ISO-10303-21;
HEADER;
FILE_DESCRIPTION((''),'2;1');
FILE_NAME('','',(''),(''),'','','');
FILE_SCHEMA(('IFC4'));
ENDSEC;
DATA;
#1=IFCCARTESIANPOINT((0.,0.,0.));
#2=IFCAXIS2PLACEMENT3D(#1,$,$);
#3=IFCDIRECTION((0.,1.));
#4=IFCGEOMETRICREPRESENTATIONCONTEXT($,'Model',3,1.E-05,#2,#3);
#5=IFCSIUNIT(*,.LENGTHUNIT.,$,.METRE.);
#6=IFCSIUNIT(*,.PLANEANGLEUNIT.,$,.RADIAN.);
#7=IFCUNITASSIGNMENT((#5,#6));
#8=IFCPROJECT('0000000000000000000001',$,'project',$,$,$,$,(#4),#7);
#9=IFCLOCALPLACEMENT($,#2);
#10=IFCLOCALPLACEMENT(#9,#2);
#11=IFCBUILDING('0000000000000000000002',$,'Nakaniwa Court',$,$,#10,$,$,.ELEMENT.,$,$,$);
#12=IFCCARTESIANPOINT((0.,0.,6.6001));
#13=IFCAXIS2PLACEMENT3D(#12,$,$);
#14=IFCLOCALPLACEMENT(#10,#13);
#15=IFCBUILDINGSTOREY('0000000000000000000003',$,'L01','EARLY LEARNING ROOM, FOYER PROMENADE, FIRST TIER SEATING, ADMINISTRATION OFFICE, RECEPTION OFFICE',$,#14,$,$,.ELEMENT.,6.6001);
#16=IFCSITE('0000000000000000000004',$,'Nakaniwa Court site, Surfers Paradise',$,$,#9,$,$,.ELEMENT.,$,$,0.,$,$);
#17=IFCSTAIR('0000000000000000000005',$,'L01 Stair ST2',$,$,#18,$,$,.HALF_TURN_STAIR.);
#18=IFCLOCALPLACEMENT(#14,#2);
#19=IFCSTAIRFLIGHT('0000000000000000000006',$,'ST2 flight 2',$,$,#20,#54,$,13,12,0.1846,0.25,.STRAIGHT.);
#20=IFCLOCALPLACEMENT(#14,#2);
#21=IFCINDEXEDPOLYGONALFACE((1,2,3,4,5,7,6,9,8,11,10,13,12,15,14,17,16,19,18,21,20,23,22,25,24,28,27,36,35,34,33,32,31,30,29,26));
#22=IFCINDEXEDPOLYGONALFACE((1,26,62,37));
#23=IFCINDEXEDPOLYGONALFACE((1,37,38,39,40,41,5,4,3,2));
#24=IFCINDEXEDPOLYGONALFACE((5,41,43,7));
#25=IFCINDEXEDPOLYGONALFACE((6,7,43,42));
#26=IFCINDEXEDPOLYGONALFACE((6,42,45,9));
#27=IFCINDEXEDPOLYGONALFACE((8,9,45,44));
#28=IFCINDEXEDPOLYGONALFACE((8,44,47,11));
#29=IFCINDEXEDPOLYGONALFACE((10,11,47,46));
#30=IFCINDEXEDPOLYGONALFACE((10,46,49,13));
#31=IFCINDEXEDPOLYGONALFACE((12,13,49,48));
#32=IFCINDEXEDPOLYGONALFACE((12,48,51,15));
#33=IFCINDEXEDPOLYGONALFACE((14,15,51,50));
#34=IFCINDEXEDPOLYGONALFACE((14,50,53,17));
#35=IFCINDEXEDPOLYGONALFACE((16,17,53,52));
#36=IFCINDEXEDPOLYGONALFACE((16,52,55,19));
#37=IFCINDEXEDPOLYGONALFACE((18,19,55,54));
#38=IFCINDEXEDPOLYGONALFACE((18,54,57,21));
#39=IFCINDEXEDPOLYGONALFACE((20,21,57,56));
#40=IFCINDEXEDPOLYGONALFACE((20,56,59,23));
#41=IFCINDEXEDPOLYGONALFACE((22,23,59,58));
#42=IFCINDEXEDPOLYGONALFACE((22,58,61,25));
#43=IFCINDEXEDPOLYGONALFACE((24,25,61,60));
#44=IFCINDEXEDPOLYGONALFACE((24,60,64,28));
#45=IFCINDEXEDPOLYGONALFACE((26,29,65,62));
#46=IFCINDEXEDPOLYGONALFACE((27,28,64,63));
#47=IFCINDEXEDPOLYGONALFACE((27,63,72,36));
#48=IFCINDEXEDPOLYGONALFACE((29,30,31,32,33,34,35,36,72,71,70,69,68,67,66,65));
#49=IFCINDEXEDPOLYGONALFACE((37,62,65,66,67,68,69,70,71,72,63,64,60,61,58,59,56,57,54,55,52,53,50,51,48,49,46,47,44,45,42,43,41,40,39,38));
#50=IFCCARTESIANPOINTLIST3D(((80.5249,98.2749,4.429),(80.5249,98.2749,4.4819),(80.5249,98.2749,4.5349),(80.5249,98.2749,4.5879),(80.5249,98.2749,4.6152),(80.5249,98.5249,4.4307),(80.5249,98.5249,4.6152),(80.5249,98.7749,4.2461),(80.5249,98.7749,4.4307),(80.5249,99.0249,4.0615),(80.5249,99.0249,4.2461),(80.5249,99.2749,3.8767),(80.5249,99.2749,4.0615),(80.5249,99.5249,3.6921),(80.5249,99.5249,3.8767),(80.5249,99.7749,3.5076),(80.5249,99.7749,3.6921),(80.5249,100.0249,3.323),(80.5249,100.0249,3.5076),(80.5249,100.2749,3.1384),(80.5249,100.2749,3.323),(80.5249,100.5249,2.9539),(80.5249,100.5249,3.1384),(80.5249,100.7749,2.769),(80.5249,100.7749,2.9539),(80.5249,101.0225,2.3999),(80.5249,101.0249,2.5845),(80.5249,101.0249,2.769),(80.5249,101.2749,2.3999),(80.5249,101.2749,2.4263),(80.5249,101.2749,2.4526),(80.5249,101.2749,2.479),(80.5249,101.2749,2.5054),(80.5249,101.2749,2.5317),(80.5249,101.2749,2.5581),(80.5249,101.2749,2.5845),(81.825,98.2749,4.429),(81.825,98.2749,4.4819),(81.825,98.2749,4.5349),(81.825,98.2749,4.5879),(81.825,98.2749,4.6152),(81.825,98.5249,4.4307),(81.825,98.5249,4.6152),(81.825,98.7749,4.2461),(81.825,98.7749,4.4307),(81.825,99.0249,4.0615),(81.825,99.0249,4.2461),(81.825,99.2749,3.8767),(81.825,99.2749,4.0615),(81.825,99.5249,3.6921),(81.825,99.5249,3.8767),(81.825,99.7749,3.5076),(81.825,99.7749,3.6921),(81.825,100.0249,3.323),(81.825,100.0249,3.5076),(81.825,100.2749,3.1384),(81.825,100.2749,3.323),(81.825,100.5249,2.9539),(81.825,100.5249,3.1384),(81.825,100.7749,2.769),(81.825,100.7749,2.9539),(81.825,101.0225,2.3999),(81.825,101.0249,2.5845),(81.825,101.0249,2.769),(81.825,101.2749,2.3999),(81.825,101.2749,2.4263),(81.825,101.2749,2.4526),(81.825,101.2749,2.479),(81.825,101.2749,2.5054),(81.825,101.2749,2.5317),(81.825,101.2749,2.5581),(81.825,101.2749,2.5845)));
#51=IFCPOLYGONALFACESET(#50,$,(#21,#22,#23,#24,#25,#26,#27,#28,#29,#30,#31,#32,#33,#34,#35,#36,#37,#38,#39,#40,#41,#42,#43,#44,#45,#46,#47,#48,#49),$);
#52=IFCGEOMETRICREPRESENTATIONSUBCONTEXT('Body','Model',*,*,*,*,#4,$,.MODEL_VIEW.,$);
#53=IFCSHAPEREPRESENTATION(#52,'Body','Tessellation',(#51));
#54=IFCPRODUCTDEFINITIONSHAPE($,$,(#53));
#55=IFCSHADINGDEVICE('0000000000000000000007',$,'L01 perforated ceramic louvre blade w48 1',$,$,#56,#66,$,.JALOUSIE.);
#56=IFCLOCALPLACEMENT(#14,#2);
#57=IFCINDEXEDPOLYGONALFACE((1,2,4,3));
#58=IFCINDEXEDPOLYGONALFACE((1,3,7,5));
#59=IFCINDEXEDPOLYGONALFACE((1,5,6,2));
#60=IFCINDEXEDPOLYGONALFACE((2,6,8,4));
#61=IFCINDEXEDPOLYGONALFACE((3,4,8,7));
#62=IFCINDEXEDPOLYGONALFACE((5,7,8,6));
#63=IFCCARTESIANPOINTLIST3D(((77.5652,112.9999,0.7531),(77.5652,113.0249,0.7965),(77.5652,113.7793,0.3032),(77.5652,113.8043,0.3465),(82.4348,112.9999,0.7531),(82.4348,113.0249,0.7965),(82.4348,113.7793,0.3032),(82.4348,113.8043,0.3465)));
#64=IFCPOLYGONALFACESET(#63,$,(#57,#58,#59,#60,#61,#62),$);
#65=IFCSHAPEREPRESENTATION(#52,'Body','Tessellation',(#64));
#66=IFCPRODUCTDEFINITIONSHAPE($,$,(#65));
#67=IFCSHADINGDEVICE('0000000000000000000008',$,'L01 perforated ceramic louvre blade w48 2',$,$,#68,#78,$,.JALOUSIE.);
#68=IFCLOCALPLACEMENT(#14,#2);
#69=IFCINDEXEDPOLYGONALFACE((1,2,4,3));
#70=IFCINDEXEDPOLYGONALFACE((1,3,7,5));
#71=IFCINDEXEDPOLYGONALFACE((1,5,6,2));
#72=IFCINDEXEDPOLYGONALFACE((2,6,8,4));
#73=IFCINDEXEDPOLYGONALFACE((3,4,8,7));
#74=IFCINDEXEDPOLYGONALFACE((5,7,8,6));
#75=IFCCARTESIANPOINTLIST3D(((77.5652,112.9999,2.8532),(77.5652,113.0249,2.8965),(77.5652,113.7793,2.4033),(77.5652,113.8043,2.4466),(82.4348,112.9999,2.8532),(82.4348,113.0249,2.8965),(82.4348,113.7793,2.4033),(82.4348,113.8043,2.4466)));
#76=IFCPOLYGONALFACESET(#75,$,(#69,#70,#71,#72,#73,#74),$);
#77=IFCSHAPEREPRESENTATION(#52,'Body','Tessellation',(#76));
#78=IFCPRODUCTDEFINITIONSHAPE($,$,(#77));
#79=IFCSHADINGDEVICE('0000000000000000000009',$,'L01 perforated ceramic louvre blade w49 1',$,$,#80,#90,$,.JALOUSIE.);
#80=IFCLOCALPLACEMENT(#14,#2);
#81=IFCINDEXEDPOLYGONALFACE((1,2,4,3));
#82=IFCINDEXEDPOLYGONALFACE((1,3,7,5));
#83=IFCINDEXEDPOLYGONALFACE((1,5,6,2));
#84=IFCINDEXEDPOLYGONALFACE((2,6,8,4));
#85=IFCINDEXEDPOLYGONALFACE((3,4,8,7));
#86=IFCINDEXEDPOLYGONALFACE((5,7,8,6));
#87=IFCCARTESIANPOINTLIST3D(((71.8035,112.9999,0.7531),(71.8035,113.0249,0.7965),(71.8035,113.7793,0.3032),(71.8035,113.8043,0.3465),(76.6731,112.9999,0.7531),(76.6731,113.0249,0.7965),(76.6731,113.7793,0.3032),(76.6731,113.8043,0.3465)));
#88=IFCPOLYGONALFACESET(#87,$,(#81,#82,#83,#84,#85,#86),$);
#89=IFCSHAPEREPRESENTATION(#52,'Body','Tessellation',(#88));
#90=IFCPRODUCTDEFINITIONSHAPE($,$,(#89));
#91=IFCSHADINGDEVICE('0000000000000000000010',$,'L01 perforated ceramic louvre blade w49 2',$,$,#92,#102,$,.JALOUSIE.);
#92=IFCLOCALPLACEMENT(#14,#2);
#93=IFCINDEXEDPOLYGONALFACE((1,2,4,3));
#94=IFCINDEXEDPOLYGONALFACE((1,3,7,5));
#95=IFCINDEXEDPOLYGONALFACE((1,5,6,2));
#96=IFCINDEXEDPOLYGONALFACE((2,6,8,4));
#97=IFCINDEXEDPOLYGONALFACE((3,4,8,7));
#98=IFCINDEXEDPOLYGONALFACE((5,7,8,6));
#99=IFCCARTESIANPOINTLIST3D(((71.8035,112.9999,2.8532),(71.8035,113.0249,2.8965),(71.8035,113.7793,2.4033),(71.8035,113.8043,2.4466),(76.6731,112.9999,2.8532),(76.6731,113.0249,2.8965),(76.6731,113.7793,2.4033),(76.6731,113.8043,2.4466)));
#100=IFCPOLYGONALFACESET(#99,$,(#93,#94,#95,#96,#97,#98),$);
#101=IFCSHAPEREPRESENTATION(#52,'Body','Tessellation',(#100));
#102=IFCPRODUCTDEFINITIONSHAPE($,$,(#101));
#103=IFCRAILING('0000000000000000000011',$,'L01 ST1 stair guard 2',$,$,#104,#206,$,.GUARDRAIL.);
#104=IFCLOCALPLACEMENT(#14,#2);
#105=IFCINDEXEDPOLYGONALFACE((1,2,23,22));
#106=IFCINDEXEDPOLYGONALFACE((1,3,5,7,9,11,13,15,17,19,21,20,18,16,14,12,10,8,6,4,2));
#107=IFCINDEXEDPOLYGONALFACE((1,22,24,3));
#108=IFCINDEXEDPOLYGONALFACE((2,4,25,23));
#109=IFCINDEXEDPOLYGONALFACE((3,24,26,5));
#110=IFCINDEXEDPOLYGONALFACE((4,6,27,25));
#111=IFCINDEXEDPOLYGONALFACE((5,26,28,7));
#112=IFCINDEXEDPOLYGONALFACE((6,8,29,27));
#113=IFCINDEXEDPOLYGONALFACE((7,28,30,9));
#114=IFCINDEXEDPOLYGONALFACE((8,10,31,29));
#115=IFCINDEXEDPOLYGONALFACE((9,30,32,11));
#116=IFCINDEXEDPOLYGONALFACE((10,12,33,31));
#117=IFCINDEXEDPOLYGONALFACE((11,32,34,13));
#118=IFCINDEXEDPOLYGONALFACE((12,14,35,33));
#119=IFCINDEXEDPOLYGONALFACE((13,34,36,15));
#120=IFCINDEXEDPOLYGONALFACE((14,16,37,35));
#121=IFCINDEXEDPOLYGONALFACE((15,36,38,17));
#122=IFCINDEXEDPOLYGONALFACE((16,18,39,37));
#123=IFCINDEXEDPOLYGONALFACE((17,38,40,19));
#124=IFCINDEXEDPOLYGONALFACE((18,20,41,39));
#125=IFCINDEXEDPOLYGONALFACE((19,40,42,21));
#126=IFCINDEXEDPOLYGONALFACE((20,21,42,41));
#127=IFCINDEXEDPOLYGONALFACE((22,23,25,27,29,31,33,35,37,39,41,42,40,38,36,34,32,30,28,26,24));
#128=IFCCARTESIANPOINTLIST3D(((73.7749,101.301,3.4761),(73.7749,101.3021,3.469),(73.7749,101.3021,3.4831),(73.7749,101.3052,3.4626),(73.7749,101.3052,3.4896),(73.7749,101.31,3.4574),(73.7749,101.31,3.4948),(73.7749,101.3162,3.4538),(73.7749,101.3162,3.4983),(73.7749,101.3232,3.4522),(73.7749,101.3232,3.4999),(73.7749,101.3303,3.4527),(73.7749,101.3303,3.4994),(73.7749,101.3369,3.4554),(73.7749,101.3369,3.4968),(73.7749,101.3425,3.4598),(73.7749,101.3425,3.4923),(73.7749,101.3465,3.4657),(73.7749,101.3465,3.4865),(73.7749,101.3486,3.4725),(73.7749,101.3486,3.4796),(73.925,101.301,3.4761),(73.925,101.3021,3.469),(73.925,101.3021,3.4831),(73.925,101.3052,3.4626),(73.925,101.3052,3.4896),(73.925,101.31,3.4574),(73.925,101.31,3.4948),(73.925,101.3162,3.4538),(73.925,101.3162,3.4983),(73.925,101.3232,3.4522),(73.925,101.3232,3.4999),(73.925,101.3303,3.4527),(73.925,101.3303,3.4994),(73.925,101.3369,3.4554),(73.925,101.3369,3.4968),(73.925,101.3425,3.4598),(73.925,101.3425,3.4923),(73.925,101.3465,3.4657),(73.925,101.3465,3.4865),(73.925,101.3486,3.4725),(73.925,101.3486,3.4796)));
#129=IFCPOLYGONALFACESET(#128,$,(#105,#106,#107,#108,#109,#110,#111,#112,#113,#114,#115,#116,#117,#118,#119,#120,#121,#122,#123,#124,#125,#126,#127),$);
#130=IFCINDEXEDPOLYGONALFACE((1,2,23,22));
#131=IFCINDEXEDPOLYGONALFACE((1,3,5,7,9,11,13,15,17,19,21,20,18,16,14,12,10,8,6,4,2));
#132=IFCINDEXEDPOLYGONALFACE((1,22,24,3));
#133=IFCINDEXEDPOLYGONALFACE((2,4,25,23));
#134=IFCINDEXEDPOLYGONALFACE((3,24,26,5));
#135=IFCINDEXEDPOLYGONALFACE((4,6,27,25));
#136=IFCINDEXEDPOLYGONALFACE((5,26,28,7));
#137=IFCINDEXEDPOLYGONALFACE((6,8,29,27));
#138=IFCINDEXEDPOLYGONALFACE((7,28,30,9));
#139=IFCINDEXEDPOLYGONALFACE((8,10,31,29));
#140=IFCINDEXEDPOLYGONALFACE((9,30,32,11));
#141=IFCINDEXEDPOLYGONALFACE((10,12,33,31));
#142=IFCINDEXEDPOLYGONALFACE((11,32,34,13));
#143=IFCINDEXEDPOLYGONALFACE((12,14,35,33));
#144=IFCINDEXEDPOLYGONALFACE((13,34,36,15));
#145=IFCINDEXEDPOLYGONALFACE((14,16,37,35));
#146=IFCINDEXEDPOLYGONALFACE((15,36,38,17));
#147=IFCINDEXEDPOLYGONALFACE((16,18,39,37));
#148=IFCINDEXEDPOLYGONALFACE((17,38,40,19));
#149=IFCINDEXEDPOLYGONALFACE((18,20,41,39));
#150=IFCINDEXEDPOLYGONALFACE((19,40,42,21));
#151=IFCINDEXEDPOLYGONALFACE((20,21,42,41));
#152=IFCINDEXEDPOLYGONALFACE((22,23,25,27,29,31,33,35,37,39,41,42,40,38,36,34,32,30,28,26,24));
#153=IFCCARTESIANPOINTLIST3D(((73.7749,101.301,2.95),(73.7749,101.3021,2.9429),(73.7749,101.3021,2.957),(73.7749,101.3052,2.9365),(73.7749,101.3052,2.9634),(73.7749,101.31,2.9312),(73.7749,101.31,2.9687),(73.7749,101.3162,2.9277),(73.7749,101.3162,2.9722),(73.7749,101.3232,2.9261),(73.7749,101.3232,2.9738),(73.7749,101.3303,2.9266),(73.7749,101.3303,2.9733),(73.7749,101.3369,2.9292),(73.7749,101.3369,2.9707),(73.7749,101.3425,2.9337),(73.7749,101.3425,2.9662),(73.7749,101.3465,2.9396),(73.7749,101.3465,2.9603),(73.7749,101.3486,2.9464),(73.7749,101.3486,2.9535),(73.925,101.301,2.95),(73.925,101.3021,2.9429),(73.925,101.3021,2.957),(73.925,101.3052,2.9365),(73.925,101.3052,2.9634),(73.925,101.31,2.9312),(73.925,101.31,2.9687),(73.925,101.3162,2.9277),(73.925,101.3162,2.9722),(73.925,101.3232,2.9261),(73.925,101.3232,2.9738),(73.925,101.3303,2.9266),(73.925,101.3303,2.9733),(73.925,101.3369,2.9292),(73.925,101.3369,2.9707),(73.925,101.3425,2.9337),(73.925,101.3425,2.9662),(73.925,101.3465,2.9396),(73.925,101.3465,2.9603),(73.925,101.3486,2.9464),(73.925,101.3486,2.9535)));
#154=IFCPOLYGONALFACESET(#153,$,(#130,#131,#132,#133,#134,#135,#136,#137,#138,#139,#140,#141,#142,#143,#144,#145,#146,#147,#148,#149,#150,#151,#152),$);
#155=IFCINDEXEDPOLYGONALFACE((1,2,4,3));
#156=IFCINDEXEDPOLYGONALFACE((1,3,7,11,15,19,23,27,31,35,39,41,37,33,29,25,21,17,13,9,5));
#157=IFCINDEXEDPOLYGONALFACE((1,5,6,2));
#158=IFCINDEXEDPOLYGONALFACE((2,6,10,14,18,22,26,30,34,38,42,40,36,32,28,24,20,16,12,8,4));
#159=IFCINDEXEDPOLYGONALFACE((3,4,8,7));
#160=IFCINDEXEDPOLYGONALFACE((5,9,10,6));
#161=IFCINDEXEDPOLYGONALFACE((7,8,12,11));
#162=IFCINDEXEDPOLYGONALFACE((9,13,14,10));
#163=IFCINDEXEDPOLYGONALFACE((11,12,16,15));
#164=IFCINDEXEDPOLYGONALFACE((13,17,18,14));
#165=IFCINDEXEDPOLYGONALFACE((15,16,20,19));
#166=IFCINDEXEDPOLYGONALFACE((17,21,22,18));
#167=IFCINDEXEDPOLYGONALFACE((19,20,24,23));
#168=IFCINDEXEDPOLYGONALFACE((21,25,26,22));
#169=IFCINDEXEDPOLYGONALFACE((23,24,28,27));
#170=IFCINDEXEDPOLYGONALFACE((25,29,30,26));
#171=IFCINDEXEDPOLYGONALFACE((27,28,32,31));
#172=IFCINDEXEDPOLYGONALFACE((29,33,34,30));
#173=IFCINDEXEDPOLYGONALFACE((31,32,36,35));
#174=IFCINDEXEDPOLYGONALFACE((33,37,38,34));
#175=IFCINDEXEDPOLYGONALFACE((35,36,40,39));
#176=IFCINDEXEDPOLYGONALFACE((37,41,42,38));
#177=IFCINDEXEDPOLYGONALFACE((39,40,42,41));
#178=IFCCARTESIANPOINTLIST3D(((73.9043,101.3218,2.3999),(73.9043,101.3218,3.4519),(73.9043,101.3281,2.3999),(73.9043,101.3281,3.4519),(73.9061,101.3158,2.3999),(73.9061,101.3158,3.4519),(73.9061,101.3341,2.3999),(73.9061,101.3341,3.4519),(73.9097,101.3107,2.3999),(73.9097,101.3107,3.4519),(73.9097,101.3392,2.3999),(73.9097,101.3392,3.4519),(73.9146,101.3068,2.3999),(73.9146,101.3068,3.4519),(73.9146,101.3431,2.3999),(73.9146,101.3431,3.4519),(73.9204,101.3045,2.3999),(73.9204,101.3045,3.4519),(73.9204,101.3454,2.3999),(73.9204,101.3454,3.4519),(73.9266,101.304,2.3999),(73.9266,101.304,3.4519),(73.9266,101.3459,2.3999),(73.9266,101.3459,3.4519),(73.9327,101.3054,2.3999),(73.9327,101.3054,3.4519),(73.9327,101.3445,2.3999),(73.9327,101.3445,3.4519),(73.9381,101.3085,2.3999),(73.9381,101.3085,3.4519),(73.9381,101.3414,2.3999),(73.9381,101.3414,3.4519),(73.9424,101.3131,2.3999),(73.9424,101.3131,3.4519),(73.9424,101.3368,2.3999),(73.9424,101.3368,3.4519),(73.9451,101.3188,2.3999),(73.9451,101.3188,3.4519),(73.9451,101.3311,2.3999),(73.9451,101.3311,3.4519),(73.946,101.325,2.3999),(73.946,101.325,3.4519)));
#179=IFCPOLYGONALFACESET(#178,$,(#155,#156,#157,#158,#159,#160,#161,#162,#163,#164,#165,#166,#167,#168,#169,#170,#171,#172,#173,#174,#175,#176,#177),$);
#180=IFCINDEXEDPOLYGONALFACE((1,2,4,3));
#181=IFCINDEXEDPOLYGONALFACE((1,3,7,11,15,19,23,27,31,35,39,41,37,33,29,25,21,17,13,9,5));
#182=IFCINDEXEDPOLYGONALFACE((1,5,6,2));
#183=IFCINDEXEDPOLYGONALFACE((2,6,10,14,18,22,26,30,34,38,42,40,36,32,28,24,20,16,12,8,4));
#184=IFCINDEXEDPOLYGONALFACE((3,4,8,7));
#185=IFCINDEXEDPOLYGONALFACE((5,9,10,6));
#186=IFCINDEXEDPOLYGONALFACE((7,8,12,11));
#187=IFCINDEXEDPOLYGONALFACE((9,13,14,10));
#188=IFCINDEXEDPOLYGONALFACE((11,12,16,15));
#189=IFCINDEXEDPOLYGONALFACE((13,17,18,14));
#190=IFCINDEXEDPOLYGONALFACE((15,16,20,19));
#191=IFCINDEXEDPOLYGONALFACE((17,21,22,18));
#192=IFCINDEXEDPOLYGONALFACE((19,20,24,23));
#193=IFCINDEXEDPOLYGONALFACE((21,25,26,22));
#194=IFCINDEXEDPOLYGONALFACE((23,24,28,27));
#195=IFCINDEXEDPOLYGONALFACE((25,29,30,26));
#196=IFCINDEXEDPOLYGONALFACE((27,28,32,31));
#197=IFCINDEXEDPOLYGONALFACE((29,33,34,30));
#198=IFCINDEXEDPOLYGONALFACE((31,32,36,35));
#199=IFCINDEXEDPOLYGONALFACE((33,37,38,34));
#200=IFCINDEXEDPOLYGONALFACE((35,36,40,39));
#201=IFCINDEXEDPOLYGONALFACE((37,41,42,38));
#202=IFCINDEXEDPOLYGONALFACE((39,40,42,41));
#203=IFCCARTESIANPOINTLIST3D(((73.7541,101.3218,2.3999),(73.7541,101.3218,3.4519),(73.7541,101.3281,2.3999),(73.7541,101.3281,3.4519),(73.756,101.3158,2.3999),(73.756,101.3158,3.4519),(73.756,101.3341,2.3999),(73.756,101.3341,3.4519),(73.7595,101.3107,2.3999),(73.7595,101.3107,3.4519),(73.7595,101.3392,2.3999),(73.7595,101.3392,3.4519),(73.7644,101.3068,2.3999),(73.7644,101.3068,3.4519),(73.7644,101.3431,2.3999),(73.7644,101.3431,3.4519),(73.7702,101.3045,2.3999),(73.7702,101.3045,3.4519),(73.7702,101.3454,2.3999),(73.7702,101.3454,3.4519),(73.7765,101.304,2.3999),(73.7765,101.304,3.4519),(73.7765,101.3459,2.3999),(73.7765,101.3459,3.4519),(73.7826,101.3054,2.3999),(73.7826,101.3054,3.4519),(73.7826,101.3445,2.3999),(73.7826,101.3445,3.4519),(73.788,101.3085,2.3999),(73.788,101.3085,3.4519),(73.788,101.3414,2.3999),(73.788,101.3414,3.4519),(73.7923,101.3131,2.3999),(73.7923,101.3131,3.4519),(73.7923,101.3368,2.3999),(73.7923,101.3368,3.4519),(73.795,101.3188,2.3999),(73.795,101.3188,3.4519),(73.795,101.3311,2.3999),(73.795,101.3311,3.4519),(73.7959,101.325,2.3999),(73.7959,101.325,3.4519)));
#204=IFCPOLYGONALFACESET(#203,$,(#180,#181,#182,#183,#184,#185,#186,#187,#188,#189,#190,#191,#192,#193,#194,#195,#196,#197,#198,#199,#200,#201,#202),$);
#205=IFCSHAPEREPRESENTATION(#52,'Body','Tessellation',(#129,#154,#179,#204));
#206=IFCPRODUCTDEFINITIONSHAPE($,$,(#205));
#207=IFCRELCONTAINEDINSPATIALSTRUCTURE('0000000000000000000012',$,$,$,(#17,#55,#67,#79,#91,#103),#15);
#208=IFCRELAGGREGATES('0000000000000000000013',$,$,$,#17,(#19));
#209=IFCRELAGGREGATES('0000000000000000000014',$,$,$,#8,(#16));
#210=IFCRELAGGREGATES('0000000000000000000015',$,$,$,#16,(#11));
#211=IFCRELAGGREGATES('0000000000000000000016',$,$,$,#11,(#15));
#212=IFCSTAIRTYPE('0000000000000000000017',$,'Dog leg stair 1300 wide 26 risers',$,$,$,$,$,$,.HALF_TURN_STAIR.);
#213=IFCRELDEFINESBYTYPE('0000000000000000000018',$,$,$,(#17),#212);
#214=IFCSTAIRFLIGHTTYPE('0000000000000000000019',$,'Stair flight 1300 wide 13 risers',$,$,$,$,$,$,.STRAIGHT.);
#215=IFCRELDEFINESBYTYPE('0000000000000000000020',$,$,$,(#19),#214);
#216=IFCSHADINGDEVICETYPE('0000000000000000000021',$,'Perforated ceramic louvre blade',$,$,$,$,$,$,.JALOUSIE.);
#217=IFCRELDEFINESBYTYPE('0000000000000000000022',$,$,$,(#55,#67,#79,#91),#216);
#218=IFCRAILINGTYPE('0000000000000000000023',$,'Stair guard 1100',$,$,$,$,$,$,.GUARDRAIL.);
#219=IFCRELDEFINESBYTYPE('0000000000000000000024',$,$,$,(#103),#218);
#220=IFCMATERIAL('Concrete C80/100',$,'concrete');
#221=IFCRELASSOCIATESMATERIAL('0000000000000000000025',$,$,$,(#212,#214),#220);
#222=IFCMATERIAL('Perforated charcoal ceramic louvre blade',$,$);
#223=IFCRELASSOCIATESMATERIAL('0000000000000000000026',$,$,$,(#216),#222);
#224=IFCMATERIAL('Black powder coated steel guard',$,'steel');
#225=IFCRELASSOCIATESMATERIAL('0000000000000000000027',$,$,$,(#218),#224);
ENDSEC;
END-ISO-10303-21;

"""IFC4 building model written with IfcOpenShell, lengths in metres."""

from ifc_helpers import new_model, si_unit, direction, frame, origin, origin_2d, place, context, subcontext, project, spatial, polyline, rectangle, circle, outline, extrude, material, material_profile, profile_set, type_object, element, aggregate, save


model = new_model("IFC4")

# Units and contexts
model_context = context("Model", 3, precision=1e-05, world=origin(), true_north=direction((0.0, 1.0)))
body_context = subcontext(model_context, "Body", "Model", "MODEL_VIEW")
ifc_project = project(units=[si_unit("LENGTHUNIT", "METRE"), si_unit("PLANEANGLEUNIT", "RADIAN")], contexts=[model_context])

# Site, building, storey
site_placement = place(None, origin())
site = spatial("IfcSite", under=ifc_project, at=site_placement, Name="Nakaniwa Court site, Surfers Paradise", CompositionType="ELEMENT", RefElevation=0.0)
building_placement = place(site_placement, origin())
building = spatial("IfcBuilding", under=site, at=building_placement, Name="Nakaniwa Court", CompositionType="ELEMENT")
storey_placement = place(building_placement, frame((0.0, 0.0, 6.6001)))
storey = spatial("IfcBuildingStorey", under=building, at=storey_placement, Name="L01", Description="EARLY LEARNING ROOM, FOYER PROMENADE, FIRST TIER SEATING, ADMINISTRATION OFFICE, RECEPTION OFFICE", CompositionType="ELEMENT", Elevation=6.6001)

# Stair, stair flight
ifc_material_1 = material(Name="Concrete C80/100", Category="concrete")
stair_type = type_object("IfcStairType", Name="Dog leg stair 1300 wide 26 risers", PredefinedType="HALF_TURN_STAIR", material=ifc_material_1)
stair_placement = place(storey_placement, origin())
stair = element("IfcStair", 1, at=stair_placement, inside=storey, type_object=stair_type, Name="L01 Stair ST2", PredefinedType="HALF_TURN_STAIR")
stair_flight_type = type_object("IfcStairFlightType", Name="Stair flight 1300 wide 13 risers", PredefinedType="STRAIGHT", material=ifc_material_1)
stair_flight_placement = place(storey_placement, frame((81.175, 101.2749, 2.3999), z_axis=(0.0, 0.0, 1.0), x_axis=(0.0, -1.0, 0.0)))
stair_flight = element("IfcStairFlight", 2, at=stair_flight_placement, type_object=stair_flight_type, Name="ST2 flight 2", NumberOfRisers=13, NumberOfTreads=12, PredefinedType="STRAIGHT", RiserHeight=0.1846, TreadLength=0.25, context=body_context, shape_type="SweptSolid", body=[
    extrude(outline(polyline([(0.0, 0.0), (0.0, 0.0264), (0.0, 0.0527), (0.0, 0.0791), (0.0, 0.1055), (0.0, 0.1318), (0.0, 0.1582), (0.0, 0.1846), (0.25, 0.1846), (0.25, 0.3691), (0.5, 0.3691), (0.5, 0.554), (0.75, 0.554), (0.75, 0.7385), (1.0, 0.7385), (1.0, 0.9231), (1.25, 0.9231), (1.25, 1.1077), (1.5, 1.1077), (1.5, 1.2922), (1.75, 1.2922), (1.75, 1.4768), (2.0, 1.4768), (2.0, 1.6616), (2.25, 1.6616), (2.25, 1.8462), (2.5, 1.8462), (2.5, 2.0308), (2.75, 2.0308), (2.75, 2.2153), (3.0, 2.2153), (3.0, 2.3999), (3.0, 2.3469), (3.0, 2.2939), (3.0, 2.241), (3.0, 2.188), (3.0, 2.135), (3.0, 2.082), (3.0, 2.0291), (0.2524, 0.0), (0.0, 0.0)])), frame((0.0, 0.6499, 0.0), z_axis=(0.0, -1.0, 0.0), x_axis=(1.0, 0.0, 0.0)), (0.0, 0.0, 1.0), 1.3),
])
aggregate(stair, [stair_flight])

# Shading devices
ifc_material_2 = material(Name="Perforated charcoal ceramic louvre blade")
ifc_material_profile_1 = material_profile(ifc_material_2, rectangle(XDim=0.8999, YDim=0.05, at=origin_2d()), Name="Perforated ceramic louvre blade")
ifc_profile_set_1 = profile_set([ifc_material_profile_1], Name="Perforated charcoal ceramic louvre blade")
shading_device_type = type_object("IfcShadingDeviceType", Name="Perforated ceramic louvre blade", PredefinedType="JALOUSIE", material=ifc_profile_set_1)
for number, where, z_axis, x_axis, name in (
    (3, (82.4348, 113.4021, 0.5498), (-1.0, 0.0, 0.0), (0.0, -0.866025, 0.5), "L01 perforated ceramic louvre blade w48 1"),
    (4, (82.4348, 113.4021, 2.6499), (-1.0, 0.0, 0.0), (0.0, -0.866025, 0.5), "L01 perforated ceramic louvre blade w48 2"),
    (5, (76.6731, 113.4021, 0.5498), (-1.0, 0.0, 0.0), (0.0, -0.866025, 0.5), "L01 perforated ceramic louvre blade w49 1"),
    (6, (76.6731, 113.4021, 2.6499), (-1.0, 0.0, 0.0), (0.0, -0.866025, 0.5), "L01 perforated ceramic louvre blade w49 2"),
):
    element("IfcShadingDevice", number, at=place(storey_placement, frame(where, z_axis=z_axis, x_axis=x_axis)), inside=storey, type_object=shading_device_type, Name=name, PredefinedType="JALOUSIE", context=body_context, shape_type="SweptSolid", body=[
        extrude(rectangle(XDim=0.8999, YDim=0.05, at=origin_2d()), origin(), (0.0, 0.0, 1.0), 4.8696),
    ])

# Railing
ifc_material_3 = material(Name="Black powder coated steel guard", Category="steel")
railing_type = type_object("IfcRailingType", Name="Stair guard 1100", PredefinedType="GUARDRAIL", material=ifc_material_3)
railing_1_placement = place(storey_placement, frame((73.925, 101.325, 2.3999)))
element("IfcRailing", 7, at=railing_1_placement, inside=storey, type_object=railing_type, Name="L01 ST1 stair guard 2", PredefinedType="GUARDRAIL", context=body_context, shape_type="SweptSolid", body=[
    extrude(circle(Radius=0.0239, at=origin_2d()), frame((0.0, 0.0, 1.0762), z_axis=(-1.0, 0.0, 0.0), x_axis=(0.0, -1.0, 0.0)), (0.0, 0.0, 1.0), 0.1501),
    extrude(circle(Radius=0.0239, at=origin_2d()), frame((0.0, 0.0, 0.55), z_axis=(-1.0, 0.0, 0.0), x_axis=(0.0, -1.0, 0.0)), (0.0, 0.0, 1.0), 0.1501),
    extrude(circle(Radius=0.021, at=origin_2d()), origin(), (0.0, 0.0, 1.0), 1.052),
    extrude(circle(Radius=0.021, at=origin_2d()), frame((-0.1501, 0.0, 0.0)), (0.0, 0.0, 1.0), 1.052),
])

save(model, "model.ifc")
